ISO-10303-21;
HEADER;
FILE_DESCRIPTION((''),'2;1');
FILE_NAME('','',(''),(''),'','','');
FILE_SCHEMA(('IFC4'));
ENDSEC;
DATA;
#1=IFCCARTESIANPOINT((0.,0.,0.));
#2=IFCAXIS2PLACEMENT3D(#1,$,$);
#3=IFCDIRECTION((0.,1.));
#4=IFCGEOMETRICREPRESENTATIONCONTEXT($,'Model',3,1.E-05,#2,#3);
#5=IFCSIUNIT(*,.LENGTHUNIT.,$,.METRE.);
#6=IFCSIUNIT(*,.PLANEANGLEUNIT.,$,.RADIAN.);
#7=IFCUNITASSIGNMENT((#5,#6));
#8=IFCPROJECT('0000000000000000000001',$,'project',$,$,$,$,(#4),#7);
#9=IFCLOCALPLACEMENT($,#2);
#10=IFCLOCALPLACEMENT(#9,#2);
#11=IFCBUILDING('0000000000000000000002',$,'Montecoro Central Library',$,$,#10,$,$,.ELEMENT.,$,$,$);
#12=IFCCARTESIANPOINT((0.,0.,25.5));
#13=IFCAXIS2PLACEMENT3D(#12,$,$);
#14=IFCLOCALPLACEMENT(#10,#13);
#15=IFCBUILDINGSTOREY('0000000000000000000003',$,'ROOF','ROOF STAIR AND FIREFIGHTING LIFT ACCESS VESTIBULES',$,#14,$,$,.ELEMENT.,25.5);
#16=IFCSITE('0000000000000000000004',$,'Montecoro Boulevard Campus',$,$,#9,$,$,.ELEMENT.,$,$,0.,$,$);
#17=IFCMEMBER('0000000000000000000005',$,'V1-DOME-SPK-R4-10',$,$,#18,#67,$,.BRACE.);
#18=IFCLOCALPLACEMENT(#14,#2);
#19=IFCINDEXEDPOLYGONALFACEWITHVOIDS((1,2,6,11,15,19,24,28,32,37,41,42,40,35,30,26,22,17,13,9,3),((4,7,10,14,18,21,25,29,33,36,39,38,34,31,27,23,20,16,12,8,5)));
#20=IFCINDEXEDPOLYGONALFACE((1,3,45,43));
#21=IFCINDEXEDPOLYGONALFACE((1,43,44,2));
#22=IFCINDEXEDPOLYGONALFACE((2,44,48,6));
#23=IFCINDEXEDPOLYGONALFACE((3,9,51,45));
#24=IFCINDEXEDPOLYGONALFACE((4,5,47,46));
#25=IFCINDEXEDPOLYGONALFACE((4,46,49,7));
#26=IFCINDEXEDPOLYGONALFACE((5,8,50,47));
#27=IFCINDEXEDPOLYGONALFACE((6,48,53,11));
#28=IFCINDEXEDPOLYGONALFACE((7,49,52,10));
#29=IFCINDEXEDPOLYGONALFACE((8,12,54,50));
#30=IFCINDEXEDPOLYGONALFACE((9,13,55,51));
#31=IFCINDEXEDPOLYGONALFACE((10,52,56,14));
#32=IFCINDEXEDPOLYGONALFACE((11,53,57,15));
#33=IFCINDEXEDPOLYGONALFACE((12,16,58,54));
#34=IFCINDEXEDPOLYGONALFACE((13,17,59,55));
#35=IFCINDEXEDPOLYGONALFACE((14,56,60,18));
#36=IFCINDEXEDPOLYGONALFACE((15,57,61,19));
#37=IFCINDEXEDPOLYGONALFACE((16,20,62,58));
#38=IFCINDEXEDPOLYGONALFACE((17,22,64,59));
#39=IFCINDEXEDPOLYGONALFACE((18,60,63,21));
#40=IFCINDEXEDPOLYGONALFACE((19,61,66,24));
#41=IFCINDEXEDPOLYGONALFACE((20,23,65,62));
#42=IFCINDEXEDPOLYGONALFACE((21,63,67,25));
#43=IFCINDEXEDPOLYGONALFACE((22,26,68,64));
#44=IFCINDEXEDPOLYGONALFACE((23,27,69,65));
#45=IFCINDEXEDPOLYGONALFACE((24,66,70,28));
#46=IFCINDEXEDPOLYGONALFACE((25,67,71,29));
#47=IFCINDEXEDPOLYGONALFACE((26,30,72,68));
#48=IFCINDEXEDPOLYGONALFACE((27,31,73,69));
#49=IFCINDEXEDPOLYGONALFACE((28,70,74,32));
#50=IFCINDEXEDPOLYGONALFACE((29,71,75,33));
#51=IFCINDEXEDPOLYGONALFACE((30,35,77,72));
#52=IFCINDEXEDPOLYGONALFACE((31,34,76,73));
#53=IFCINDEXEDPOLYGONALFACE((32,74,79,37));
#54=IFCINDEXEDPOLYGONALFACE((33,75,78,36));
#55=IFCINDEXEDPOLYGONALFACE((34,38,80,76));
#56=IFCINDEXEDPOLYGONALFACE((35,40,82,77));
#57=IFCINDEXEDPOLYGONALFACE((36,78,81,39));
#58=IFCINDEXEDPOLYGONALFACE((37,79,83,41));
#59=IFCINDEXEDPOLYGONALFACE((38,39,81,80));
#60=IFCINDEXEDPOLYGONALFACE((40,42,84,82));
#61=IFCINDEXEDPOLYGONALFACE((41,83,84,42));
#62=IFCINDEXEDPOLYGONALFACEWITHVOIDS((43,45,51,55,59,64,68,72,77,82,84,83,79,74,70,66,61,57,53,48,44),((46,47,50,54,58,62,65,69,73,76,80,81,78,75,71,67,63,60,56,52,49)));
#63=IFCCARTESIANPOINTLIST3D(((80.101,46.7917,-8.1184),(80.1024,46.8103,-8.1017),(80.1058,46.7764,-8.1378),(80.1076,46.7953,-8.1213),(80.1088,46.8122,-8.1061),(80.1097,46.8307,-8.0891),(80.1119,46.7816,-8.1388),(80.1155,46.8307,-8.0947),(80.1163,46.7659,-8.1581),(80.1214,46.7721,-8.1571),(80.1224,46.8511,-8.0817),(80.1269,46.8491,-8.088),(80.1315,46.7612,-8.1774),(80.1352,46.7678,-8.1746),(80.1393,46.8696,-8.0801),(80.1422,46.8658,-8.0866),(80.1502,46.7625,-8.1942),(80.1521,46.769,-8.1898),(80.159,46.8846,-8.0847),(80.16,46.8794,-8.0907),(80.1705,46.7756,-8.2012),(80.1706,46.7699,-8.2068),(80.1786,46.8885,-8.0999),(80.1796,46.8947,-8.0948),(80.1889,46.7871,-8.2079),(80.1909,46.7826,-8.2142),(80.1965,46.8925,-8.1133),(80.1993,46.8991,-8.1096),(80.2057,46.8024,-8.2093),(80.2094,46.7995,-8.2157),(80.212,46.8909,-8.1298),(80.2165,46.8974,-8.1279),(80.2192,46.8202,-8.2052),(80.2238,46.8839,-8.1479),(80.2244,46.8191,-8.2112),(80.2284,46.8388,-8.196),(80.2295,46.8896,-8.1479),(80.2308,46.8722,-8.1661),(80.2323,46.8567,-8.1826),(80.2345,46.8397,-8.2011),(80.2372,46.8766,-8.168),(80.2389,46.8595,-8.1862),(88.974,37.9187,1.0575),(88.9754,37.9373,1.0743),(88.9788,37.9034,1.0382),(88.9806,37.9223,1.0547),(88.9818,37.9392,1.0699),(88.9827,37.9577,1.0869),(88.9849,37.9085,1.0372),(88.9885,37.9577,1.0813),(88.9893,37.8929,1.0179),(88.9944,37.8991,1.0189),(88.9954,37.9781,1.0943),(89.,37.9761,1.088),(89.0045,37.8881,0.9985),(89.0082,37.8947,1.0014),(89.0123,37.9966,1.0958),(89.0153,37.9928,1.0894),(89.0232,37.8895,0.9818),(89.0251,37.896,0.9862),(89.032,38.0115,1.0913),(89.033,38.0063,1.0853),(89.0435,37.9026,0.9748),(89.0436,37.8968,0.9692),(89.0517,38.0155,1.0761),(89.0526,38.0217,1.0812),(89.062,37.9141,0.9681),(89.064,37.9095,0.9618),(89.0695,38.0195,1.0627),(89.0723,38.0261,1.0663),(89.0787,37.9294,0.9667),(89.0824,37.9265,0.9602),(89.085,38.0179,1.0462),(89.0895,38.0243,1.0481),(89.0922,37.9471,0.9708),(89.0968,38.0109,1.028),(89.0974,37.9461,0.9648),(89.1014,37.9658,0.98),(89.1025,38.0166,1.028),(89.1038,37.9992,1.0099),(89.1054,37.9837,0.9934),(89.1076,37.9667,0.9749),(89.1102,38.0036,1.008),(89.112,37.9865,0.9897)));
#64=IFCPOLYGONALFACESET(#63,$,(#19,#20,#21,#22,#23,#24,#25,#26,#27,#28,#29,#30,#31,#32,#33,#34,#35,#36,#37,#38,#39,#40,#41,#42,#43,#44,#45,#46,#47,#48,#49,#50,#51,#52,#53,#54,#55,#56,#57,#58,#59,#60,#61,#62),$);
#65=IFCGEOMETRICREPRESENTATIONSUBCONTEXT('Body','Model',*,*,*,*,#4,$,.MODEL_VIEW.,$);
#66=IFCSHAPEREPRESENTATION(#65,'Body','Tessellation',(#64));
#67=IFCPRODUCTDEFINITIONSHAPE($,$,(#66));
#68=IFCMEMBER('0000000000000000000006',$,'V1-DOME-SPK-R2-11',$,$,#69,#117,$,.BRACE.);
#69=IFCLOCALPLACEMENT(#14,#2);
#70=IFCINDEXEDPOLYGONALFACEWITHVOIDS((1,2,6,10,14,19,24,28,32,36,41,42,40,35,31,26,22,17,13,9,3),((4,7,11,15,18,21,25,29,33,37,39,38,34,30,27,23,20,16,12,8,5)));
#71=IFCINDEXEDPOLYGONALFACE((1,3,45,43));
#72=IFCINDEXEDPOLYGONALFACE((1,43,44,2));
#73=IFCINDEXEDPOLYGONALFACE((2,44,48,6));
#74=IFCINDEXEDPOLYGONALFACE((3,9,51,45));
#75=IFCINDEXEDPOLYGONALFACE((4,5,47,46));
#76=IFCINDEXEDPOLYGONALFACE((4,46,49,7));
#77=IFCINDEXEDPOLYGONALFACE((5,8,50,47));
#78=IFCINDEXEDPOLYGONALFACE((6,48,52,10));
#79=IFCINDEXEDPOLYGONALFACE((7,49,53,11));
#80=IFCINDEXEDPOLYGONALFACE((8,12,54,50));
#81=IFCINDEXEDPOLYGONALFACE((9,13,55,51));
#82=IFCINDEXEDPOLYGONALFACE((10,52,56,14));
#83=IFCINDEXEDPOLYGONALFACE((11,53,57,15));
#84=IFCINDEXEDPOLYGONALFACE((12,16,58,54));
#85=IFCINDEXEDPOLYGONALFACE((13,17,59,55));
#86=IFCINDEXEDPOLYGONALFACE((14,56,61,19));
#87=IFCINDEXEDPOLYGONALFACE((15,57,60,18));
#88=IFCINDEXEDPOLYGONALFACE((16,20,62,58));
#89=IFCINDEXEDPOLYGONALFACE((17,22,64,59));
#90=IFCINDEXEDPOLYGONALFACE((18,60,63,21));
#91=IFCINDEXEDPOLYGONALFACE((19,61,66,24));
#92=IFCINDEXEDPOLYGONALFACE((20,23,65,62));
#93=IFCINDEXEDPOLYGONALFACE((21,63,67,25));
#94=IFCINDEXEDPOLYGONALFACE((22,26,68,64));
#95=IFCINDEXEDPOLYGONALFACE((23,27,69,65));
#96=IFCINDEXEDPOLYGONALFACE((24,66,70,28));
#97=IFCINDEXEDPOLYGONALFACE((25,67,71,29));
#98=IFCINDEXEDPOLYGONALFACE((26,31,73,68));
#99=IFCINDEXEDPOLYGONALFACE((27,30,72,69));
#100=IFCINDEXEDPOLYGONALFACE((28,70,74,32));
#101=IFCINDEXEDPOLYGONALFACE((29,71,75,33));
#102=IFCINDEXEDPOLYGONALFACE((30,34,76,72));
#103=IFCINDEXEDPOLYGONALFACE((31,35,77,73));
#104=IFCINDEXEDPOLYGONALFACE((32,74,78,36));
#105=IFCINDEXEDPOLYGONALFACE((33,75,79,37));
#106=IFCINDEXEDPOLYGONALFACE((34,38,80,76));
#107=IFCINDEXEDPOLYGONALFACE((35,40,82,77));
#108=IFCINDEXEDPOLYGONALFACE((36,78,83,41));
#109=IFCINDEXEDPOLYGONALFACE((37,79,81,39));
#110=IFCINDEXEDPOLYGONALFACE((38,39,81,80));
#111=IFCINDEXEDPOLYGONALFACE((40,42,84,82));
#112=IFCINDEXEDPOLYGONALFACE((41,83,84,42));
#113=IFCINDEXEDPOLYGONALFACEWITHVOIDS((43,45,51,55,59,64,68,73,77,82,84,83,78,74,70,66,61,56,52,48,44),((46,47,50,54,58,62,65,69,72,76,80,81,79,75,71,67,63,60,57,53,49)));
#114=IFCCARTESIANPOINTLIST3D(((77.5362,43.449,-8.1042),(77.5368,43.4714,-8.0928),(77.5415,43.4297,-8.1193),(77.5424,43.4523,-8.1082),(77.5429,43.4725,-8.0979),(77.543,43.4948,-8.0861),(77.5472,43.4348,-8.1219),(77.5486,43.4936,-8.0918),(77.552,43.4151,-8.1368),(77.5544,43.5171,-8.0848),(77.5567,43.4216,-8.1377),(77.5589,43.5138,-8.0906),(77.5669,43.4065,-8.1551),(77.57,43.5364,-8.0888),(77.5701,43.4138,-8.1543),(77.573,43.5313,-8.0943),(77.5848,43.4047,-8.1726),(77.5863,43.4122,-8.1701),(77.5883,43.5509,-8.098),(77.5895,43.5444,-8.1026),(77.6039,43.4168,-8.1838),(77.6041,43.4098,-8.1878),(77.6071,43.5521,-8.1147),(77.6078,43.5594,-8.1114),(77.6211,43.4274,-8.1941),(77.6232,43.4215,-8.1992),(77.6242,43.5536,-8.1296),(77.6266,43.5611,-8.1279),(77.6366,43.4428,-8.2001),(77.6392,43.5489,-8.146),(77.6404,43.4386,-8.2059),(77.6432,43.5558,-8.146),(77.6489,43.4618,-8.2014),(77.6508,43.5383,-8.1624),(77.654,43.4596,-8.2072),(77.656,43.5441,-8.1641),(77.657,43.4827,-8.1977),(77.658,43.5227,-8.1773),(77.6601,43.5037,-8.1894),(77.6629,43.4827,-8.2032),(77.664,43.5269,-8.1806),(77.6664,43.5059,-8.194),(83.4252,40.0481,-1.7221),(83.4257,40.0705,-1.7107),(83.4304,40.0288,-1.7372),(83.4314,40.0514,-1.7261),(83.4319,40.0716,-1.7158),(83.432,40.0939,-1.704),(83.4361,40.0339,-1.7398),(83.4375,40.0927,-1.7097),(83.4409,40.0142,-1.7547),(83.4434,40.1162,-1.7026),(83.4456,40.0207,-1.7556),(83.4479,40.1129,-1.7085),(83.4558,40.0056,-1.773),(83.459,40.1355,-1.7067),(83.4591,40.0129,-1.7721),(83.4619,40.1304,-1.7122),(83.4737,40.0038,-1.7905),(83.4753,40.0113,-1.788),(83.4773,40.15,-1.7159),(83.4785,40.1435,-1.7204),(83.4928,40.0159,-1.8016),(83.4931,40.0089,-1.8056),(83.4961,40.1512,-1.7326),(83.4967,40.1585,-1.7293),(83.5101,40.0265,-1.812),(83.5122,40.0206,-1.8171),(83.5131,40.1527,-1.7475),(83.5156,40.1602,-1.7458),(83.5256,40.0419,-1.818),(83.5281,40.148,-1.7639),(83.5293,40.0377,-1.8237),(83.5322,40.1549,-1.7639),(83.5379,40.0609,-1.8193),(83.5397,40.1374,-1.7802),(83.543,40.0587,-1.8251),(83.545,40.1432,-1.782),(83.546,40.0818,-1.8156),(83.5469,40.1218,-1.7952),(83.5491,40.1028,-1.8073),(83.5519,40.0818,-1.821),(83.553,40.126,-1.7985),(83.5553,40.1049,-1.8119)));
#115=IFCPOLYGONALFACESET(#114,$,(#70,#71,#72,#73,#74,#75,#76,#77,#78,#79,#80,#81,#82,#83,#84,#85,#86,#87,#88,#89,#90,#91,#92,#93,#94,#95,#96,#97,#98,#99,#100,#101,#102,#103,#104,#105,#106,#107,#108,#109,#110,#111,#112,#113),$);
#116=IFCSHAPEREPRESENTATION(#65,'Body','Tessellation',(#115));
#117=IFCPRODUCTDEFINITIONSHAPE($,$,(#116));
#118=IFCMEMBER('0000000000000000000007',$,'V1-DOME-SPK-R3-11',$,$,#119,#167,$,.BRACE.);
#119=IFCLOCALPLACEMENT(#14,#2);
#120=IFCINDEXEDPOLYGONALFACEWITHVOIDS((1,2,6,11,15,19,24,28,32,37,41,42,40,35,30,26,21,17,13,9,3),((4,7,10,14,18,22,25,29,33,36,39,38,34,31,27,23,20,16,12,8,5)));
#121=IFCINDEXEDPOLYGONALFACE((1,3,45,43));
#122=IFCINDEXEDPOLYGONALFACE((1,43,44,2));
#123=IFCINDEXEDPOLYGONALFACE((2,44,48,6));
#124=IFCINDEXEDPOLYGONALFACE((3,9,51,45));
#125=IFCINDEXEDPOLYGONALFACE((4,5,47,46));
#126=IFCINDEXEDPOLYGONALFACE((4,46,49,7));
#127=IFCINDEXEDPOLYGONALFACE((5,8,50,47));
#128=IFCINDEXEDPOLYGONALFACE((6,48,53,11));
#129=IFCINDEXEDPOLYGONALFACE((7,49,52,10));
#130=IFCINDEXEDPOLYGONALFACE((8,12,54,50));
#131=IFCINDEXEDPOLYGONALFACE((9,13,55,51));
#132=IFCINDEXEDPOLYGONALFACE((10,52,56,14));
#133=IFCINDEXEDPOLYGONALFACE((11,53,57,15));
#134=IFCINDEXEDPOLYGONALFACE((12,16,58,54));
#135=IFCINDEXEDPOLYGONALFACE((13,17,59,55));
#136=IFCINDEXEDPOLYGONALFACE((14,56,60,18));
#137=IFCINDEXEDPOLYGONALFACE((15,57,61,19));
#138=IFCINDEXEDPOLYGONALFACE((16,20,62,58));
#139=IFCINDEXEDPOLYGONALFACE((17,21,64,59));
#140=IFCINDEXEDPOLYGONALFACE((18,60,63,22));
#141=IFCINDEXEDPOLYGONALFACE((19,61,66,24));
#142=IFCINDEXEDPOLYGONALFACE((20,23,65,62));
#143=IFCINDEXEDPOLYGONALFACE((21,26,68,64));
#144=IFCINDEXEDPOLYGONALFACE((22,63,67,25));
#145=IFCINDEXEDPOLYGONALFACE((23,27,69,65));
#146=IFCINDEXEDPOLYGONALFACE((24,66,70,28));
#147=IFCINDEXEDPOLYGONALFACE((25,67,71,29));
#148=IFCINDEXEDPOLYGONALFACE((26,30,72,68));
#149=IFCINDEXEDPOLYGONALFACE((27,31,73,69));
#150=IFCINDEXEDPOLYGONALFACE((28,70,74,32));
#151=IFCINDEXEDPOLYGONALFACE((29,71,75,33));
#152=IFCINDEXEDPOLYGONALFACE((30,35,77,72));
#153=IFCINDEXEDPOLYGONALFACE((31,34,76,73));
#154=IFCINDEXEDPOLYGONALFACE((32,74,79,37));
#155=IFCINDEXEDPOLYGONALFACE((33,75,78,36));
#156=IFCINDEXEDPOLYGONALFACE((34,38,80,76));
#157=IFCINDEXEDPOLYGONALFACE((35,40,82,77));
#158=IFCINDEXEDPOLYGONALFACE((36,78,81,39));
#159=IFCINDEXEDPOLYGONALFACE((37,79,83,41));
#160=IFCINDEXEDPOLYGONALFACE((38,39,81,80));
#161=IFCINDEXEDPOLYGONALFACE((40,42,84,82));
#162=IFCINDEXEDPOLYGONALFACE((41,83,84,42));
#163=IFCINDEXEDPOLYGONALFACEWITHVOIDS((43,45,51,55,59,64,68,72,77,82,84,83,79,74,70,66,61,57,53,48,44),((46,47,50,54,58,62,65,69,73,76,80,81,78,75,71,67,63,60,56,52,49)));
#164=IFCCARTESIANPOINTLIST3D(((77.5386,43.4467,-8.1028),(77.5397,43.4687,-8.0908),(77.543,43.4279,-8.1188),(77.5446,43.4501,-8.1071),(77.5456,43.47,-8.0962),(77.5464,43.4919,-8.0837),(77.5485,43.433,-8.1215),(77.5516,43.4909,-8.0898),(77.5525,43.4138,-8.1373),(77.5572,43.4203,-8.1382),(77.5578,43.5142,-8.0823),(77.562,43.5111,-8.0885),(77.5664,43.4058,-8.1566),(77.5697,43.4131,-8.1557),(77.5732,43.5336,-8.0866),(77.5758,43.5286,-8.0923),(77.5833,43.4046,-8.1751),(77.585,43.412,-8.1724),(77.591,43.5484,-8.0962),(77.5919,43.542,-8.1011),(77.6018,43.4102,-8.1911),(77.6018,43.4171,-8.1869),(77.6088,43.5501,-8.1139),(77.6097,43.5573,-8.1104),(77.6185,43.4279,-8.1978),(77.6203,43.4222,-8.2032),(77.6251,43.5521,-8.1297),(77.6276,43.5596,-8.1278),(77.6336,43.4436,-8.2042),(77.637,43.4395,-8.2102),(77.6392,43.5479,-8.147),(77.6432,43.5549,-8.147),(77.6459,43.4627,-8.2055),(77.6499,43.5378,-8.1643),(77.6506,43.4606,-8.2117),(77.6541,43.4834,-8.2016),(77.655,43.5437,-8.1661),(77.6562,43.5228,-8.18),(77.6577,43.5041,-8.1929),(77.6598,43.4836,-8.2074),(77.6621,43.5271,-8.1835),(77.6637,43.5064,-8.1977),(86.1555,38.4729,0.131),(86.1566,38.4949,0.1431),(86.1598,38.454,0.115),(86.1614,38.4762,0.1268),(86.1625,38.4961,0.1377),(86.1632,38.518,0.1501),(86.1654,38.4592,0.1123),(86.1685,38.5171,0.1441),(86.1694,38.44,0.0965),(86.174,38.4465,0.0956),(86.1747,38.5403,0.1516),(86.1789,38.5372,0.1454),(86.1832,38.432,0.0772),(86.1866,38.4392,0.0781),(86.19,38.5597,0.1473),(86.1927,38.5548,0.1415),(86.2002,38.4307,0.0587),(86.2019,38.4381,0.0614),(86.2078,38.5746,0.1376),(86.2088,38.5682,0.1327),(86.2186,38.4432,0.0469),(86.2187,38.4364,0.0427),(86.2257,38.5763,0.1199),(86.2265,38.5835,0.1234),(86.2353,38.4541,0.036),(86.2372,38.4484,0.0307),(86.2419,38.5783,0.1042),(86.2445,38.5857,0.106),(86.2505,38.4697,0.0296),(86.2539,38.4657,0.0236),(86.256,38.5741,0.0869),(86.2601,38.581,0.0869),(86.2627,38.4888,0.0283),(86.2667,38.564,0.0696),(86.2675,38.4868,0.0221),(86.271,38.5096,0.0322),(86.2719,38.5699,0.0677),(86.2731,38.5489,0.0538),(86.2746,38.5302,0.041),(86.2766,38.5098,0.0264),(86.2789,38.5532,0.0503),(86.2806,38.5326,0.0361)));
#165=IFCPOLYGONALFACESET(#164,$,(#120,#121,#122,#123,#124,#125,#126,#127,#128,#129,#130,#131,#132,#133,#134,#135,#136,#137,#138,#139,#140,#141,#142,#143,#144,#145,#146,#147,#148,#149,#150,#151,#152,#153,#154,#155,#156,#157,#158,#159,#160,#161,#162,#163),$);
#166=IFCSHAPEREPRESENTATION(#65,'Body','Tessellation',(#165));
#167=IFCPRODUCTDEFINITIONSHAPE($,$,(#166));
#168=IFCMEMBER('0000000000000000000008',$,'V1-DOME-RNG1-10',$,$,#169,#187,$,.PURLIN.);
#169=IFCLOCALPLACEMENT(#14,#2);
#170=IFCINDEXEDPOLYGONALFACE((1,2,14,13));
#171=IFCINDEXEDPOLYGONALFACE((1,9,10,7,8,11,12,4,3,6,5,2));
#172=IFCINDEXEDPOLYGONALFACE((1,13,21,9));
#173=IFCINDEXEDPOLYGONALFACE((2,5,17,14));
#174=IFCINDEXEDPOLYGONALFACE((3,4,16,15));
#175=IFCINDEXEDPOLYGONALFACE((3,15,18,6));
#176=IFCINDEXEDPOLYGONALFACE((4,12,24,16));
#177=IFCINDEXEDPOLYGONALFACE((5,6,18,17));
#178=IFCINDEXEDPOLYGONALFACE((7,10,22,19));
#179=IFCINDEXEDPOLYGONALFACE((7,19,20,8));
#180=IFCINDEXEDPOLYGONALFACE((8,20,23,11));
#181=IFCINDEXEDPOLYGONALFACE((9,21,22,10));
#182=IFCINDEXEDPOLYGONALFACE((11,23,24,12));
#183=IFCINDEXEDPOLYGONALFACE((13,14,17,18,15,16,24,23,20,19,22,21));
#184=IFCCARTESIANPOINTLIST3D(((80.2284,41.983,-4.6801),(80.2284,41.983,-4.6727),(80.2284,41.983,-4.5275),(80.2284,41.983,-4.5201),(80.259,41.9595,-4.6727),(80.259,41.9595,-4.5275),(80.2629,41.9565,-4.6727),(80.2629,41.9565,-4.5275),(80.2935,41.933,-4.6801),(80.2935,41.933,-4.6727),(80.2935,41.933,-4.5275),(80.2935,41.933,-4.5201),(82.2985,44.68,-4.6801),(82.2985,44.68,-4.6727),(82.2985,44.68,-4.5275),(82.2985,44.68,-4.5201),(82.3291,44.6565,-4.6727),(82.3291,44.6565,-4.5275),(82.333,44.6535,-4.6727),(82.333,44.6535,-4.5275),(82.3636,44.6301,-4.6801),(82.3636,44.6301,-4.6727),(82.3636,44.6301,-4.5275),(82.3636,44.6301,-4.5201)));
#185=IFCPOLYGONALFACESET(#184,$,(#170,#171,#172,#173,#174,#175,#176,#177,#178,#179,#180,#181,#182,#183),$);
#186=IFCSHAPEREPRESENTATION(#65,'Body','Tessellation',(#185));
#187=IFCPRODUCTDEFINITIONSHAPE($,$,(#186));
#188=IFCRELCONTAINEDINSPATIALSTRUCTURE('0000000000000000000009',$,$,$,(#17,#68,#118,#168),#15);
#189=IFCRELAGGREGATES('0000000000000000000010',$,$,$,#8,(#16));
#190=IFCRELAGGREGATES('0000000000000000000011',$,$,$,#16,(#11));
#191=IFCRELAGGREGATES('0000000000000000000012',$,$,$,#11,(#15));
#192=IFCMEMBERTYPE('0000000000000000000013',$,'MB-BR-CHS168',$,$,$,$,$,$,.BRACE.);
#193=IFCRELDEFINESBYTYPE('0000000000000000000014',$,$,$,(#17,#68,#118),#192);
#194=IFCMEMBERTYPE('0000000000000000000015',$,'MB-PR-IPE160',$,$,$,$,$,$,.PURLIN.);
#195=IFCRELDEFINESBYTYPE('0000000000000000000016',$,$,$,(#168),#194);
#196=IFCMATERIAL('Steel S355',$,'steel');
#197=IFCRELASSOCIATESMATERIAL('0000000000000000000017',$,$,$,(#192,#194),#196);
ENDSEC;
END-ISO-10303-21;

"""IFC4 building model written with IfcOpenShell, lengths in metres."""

from ifc_helpers import new_model, si_unit, direction, frame, origin, origin_2d, place, context, subcontext, project, spatial, hollow_circle, i_section, extrude, material, material_profile, profile_set, type_object, element, save


model = new_model("IFC4")

# Units and contexts
model_context = context("Model", 3, precision=1e-05, world=origin(), true_north=direction((0.0, 1.0)))
body_context = subcontext(model_context, "Body", "Model", "MODEL_VIEW")
ifc_project = project(units=[si_unit("LENGTHUNIT", "METRE"), si_unit("PLANEANGLEUNIT", "RADIAN")], contexts=[model_context])

# Site, building, storey
site_placement = place(None, origin())
site = spatial("IfcSite", under=ifc_project, at=site_placement, Name="Montecoro Boulevard Campus", CompositionType="ELEMENT", RefElevation=0.0)
building_placement = place(site_placement, origin())
building = spatial("IfcBuilding", under=site, at=building_placement, Name="Montecoro Central Library", CompositionType="ELEMENT")
storey_placement = place(building_placement, frame((0.0, 0.0, 25.5)))
storey = spatial("IfcBuildingStorey", under=building, at=storey_placement, Name="ROOF", Description="ROOF STAIR AND FIREFIGHTING LIFT ACCESS VESTIBULES", CompositionType="ELEMENT", Elevation=25.5)

# Members
ifc_material_1 = material(Name="Steel S355", Category="steel")
ifc_material_profile_1 = material_profile(ifc_material_1, hollow_circle(Radius=0.0842, WallThickness=0.0081, at=origin_2d()), Name="CHS 168.3x8.0")
ifc_profile_set_1 = profile_set([ifc_material_profile_1], Name="Steel S355")
member_type_1 = type_object("IfcMemberType", Name="MB-BR-CHS168", PredefinedType="BRACE", material=ifc_profile_set_1)
member_1_placement = place(storey_placement, frame((80.1699, 46.8301, -8.1479), z_axis=(0.570781, -0.570781, 0.59027), x_axis=(0.707107, 0.707107, 0.0)))
element("IfcMember", 1, at=member_1_placement, inside=storey, type_object=member_type_1, Name="V1-DOME-SPK-R4-10", PredefinedType="BRACE", context=body_context, shape_type="SweptSolid", body=[
    extrude(hollow_circle(Radius=0.0842, WallThickness=0.0081, at=origin_2d()), origin(), (0.0, 0.0, 1.0), 15.5454),
])
member_2_placement = place(storey_placement, frame((77.6011, 43.4829, -8.146), z_axis=(0.631444, -0.364662, 0.684324), x_axis=(0.500101, 0.865967, 0.0)))
element("IfcMember", 2, at=member_2_placement, inside=storey, type_object=member_type_1, Name="V1-DOME-SPK-R2-11", PredefinedType="BRACE", context=body_context, shape_type="SweptSolid", body=[
    extrude(hollow_circle(Radius=0.0842, WallThickness=0.0081, at=origin_2d()), origin(), (0.0, 0.0, 1.0), 9.3262),
])
member_3_placement = place(storey_placement, frame((77.6011, 43.4819, -8.147), z_axis=(0.667223, -0.385135, 0.637562), x_axis=(0.499916, 0.866074, 0.0)))
element("IfcMember", 3, at=member_3_placement, inside=storey, type_object=member_type_1, Name="V1-DOME-SPK-R3-11", PredefinedType="BRACE", context=body_context, shape_type="SweptSolid", body=[
    extrude(hollow_circle(Radius=0.0842, WallThickness=0.0081, at=origin_2d()), origin(), (0.0, 0.0, 1.0), 12.9146),
])
ifc_material_profile_2 = material_profile(ifc_material_1, i_section(OverallWidth=0.082, OverallDepth=0.1599, WebThickness=0.0049, FlangeThickness=0.0073, at=origin_2d()), Name="IPE 160")
ifc_profile_set_2 = profile_set([ifc_material_profile_2], Name="Steel S355")
member_type_2 = type_object("IfcMemberType", Name="MB-PR-IPE160", PredefinedType="PURLIN", material=ifc_profile_set_2)
member_4_placement = place(storey_placement, frame((82.3311, 44.655, -4.6001), z_axis=(-0.608867, -0.793272, 0.0), x_axis=(0.793272, -0.608867, 0.0)))
element("IfcMember", 4, at=member_4_placement, inside=storey, type_object=member_type_2, Name="V1-DOME-RNG1-10", PredefinedType="PURLIN", context=body_context, shape_type="SweptSolid", body=[
    extrude(i_section(OverallWidth=0.082, OverallDepth=0.1599, WebThickness=0.0049, FlangeThickness=0.0073, at=origin_2d()), origin(), (0.0, 0.0, 1.0), 3.3999),
])

save(model, "model.ifc")
